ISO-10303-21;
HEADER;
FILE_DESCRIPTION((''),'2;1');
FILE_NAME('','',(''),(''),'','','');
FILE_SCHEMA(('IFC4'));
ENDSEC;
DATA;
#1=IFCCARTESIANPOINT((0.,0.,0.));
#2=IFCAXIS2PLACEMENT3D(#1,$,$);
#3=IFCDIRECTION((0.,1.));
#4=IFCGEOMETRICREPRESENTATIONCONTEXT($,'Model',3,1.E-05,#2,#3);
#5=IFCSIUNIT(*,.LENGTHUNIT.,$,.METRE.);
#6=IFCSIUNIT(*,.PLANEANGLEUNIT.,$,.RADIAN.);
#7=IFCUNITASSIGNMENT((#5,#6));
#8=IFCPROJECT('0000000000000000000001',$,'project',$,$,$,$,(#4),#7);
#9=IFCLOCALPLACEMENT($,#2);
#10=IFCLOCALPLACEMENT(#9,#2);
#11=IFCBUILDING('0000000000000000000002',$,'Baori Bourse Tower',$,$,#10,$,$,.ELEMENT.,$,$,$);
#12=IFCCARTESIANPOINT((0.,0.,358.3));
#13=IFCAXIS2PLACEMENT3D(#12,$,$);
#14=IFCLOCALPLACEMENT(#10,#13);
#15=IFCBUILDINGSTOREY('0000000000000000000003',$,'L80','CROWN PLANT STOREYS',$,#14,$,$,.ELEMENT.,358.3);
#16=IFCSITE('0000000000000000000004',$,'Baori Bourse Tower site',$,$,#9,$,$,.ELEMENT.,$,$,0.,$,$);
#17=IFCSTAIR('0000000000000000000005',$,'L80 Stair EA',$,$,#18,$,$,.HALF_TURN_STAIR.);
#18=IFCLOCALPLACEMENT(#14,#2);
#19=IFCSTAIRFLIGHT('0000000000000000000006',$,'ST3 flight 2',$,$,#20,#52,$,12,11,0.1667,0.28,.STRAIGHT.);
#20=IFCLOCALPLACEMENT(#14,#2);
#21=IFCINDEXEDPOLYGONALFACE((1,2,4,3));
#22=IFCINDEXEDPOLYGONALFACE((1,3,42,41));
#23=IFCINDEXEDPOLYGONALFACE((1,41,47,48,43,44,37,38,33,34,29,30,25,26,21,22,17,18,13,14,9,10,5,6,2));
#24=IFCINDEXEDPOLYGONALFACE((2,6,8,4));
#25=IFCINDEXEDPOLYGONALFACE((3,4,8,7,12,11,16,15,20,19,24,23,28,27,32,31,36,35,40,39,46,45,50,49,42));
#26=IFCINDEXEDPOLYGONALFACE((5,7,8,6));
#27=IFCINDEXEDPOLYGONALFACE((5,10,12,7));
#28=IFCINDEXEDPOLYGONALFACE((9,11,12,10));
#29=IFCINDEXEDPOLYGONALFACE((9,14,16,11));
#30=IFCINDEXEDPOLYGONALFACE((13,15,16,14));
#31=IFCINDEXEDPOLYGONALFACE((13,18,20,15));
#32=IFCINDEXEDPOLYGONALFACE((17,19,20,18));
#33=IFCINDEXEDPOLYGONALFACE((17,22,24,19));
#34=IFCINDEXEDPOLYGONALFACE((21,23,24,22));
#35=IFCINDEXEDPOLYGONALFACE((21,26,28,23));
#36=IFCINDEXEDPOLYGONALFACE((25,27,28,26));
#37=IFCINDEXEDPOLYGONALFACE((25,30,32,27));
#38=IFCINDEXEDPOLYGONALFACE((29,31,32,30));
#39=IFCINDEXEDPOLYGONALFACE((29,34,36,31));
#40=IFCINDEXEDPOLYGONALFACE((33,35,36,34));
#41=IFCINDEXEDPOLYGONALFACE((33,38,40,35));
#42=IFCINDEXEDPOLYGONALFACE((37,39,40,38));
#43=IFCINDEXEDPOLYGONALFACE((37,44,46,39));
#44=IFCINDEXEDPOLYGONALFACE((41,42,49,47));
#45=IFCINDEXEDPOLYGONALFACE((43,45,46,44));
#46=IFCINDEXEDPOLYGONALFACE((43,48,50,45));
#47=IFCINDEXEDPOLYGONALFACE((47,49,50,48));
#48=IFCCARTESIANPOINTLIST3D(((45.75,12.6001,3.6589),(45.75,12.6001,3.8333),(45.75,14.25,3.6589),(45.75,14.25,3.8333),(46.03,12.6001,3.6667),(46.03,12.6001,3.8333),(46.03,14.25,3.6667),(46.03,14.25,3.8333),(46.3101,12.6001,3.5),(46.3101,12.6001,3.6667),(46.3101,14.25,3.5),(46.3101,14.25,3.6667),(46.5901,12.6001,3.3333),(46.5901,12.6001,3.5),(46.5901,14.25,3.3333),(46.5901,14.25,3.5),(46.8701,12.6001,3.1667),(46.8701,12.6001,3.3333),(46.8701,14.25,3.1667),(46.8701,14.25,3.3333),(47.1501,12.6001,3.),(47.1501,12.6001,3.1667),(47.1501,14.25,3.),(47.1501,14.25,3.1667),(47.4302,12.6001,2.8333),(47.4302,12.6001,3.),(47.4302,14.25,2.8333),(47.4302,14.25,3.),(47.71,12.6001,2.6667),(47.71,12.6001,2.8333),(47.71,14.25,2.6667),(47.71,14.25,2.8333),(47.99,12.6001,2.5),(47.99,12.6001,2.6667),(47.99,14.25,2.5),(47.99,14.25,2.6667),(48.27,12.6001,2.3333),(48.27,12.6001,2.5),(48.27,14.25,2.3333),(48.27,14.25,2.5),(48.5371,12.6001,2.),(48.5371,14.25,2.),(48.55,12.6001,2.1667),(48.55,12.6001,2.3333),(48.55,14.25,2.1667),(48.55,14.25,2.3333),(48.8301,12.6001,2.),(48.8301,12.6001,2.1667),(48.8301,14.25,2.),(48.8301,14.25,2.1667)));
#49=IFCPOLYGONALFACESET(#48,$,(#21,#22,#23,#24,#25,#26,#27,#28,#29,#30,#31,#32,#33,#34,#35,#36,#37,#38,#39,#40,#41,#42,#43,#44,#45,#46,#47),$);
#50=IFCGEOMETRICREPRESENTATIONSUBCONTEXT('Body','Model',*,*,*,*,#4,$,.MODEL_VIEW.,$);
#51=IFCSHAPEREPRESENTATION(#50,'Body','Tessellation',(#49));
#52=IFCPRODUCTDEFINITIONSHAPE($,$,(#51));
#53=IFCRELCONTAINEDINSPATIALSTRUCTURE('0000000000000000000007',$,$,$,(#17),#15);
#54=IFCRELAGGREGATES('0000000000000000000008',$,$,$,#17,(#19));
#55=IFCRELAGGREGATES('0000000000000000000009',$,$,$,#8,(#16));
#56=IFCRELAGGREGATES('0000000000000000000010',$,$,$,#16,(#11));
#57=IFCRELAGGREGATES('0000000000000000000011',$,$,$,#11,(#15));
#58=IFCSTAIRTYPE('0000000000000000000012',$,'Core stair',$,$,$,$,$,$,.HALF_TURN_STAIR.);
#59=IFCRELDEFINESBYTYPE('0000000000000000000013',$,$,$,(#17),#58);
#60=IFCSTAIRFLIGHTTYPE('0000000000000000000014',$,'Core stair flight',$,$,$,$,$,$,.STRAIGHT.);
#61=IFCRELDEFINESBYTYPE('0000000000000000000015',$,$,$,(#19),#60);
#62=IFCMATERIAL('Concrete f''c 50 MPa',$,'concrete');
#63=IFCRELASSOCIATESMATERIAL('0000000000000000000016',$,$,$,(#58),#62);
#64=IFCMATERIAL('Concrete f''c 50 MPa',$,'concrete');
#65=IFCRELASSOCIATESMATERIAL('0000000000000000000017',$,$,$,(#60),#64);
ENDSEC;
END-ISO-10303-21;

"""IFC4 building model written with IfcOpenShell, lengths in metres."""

from ifc_helpers import new_model, si_unit, direction, frame, origin, place, context, subcontext, project, spatial, polyline, outline, extrude, material, type_object, element, aggregate, save


model = new_model("IFC4")

# Units and contexts
model_context = context("Model", 3, precision=1e-05, world=origin(), true_north=direction((0.0, 1.0)))
body_context = subcontext(model_context, "Body", "Model", "MODEL_VIEW")
ifc_project = project(units=[si_unit("LENGTHUNIT", "METRE"), si_unit("PLANEANGLEUNIT", "RADIAN")], contexts=[model_context])

# Site, building, storey
site_placement = place(None, origin())
site = spatial("IfcSite", under=ifc_project, at=site_placement, Name="Baori Bourse Tower site", CompositionType="ELEMENT", RefElevation=0.0)
building_placement = place(site_placement, origin())
building = spatial("IfcBuilding", under=site, at=building_placement, Name="Baori Bourse Tower", CompositionType="ELEMENT")
storey_placement = place(building_placement, frame((0.0, 0.0, 358.3)))
storey = spatial("IfcBuildingStorey", under=building, at=storey_placement, Name="L80", Description="CROWN PLANT STOREYS", CompositionType="ELEMENT", Elevation=358.3)

# Stair, stair flight
ifc_material_1 = material(Name="Concrete f'c 50 MPa", Category="concrete")
stair_type = type_object("IfcStairType", Name="Core stair", PredefinedType="HALF_TURN_STAIR", material=ifc_material_1)
stair_placement = place(storey_placement, origin())
stair = element("IfcStair", 1, at=stair_placement, inside=storey, type_object=stair_type, Name="L80 Stair EA", PredefinedType="HALF_TURN_STAIR")
ifc_material_2 = material(Name="Concrete f'c 50 MPa", Category="concrete")
stair_flight_type = type_object("IfcStairFlightType", Name="Core stair flight", PredefinedType="STRAIGHT", material=ifc_material_2)
stair_flight_1_placement = place(storey_placement, frame((48.8301, 13.425, 2.0), z_axis=(0.0, 0.0, 1.0), x_axis=(-1.0, 0.0, 0.0)))
stair_flight_1 = element("IfcStairFlight", 2, at=stair_flight_1_placement, type_object=stair_flight_type, Name="ST3 flight 2", NumberOfRisers=12, NumberOfTreads=11, PredefinedType="STRAIGHT", RiserHeight=0.1667, TreadLength=0.28, context=body_context, shape_type="SweptSolid", body=[
    extrude(outline(polyline([(0.0, 0.0), (0.0, 0.1667), (0.28, 0.1667), (0.28, 0.3333), (0.5601, 0.3333), (0.5601, 0.5), (0.8401, 0.5), (0.8401, 0.6667), (1.1201, 0.6667), (1.1201, 0.8333), (1.3999, 0.8333), (1.3999, 1.0), (1.6799, 1.0), (1.6799, 1.1667), (1.96, 1.1667), (1.96, 1.3333), (2.24, 1.3333), (2.24, 1.5), (2.52, 1.5), (2.52, 1.6667), (2.8, 1.6667), (2.8, 1.8333), (3.0801, 1.8333), (3.0801, 2.0), (3.0801, 1.6589), (0.293, 0.0), (0.0, 0.0)])), frame((0.0, 0.825, 0.0), z_axis=(0.0, -1.0, 0.0), x_axis=(1.0, 0.0, 0.0)), (0.0, 0.0, 1.0), 1.6499),
])
aggregate(stair, [stair_flight_1])

save(model, "model.ifc")
